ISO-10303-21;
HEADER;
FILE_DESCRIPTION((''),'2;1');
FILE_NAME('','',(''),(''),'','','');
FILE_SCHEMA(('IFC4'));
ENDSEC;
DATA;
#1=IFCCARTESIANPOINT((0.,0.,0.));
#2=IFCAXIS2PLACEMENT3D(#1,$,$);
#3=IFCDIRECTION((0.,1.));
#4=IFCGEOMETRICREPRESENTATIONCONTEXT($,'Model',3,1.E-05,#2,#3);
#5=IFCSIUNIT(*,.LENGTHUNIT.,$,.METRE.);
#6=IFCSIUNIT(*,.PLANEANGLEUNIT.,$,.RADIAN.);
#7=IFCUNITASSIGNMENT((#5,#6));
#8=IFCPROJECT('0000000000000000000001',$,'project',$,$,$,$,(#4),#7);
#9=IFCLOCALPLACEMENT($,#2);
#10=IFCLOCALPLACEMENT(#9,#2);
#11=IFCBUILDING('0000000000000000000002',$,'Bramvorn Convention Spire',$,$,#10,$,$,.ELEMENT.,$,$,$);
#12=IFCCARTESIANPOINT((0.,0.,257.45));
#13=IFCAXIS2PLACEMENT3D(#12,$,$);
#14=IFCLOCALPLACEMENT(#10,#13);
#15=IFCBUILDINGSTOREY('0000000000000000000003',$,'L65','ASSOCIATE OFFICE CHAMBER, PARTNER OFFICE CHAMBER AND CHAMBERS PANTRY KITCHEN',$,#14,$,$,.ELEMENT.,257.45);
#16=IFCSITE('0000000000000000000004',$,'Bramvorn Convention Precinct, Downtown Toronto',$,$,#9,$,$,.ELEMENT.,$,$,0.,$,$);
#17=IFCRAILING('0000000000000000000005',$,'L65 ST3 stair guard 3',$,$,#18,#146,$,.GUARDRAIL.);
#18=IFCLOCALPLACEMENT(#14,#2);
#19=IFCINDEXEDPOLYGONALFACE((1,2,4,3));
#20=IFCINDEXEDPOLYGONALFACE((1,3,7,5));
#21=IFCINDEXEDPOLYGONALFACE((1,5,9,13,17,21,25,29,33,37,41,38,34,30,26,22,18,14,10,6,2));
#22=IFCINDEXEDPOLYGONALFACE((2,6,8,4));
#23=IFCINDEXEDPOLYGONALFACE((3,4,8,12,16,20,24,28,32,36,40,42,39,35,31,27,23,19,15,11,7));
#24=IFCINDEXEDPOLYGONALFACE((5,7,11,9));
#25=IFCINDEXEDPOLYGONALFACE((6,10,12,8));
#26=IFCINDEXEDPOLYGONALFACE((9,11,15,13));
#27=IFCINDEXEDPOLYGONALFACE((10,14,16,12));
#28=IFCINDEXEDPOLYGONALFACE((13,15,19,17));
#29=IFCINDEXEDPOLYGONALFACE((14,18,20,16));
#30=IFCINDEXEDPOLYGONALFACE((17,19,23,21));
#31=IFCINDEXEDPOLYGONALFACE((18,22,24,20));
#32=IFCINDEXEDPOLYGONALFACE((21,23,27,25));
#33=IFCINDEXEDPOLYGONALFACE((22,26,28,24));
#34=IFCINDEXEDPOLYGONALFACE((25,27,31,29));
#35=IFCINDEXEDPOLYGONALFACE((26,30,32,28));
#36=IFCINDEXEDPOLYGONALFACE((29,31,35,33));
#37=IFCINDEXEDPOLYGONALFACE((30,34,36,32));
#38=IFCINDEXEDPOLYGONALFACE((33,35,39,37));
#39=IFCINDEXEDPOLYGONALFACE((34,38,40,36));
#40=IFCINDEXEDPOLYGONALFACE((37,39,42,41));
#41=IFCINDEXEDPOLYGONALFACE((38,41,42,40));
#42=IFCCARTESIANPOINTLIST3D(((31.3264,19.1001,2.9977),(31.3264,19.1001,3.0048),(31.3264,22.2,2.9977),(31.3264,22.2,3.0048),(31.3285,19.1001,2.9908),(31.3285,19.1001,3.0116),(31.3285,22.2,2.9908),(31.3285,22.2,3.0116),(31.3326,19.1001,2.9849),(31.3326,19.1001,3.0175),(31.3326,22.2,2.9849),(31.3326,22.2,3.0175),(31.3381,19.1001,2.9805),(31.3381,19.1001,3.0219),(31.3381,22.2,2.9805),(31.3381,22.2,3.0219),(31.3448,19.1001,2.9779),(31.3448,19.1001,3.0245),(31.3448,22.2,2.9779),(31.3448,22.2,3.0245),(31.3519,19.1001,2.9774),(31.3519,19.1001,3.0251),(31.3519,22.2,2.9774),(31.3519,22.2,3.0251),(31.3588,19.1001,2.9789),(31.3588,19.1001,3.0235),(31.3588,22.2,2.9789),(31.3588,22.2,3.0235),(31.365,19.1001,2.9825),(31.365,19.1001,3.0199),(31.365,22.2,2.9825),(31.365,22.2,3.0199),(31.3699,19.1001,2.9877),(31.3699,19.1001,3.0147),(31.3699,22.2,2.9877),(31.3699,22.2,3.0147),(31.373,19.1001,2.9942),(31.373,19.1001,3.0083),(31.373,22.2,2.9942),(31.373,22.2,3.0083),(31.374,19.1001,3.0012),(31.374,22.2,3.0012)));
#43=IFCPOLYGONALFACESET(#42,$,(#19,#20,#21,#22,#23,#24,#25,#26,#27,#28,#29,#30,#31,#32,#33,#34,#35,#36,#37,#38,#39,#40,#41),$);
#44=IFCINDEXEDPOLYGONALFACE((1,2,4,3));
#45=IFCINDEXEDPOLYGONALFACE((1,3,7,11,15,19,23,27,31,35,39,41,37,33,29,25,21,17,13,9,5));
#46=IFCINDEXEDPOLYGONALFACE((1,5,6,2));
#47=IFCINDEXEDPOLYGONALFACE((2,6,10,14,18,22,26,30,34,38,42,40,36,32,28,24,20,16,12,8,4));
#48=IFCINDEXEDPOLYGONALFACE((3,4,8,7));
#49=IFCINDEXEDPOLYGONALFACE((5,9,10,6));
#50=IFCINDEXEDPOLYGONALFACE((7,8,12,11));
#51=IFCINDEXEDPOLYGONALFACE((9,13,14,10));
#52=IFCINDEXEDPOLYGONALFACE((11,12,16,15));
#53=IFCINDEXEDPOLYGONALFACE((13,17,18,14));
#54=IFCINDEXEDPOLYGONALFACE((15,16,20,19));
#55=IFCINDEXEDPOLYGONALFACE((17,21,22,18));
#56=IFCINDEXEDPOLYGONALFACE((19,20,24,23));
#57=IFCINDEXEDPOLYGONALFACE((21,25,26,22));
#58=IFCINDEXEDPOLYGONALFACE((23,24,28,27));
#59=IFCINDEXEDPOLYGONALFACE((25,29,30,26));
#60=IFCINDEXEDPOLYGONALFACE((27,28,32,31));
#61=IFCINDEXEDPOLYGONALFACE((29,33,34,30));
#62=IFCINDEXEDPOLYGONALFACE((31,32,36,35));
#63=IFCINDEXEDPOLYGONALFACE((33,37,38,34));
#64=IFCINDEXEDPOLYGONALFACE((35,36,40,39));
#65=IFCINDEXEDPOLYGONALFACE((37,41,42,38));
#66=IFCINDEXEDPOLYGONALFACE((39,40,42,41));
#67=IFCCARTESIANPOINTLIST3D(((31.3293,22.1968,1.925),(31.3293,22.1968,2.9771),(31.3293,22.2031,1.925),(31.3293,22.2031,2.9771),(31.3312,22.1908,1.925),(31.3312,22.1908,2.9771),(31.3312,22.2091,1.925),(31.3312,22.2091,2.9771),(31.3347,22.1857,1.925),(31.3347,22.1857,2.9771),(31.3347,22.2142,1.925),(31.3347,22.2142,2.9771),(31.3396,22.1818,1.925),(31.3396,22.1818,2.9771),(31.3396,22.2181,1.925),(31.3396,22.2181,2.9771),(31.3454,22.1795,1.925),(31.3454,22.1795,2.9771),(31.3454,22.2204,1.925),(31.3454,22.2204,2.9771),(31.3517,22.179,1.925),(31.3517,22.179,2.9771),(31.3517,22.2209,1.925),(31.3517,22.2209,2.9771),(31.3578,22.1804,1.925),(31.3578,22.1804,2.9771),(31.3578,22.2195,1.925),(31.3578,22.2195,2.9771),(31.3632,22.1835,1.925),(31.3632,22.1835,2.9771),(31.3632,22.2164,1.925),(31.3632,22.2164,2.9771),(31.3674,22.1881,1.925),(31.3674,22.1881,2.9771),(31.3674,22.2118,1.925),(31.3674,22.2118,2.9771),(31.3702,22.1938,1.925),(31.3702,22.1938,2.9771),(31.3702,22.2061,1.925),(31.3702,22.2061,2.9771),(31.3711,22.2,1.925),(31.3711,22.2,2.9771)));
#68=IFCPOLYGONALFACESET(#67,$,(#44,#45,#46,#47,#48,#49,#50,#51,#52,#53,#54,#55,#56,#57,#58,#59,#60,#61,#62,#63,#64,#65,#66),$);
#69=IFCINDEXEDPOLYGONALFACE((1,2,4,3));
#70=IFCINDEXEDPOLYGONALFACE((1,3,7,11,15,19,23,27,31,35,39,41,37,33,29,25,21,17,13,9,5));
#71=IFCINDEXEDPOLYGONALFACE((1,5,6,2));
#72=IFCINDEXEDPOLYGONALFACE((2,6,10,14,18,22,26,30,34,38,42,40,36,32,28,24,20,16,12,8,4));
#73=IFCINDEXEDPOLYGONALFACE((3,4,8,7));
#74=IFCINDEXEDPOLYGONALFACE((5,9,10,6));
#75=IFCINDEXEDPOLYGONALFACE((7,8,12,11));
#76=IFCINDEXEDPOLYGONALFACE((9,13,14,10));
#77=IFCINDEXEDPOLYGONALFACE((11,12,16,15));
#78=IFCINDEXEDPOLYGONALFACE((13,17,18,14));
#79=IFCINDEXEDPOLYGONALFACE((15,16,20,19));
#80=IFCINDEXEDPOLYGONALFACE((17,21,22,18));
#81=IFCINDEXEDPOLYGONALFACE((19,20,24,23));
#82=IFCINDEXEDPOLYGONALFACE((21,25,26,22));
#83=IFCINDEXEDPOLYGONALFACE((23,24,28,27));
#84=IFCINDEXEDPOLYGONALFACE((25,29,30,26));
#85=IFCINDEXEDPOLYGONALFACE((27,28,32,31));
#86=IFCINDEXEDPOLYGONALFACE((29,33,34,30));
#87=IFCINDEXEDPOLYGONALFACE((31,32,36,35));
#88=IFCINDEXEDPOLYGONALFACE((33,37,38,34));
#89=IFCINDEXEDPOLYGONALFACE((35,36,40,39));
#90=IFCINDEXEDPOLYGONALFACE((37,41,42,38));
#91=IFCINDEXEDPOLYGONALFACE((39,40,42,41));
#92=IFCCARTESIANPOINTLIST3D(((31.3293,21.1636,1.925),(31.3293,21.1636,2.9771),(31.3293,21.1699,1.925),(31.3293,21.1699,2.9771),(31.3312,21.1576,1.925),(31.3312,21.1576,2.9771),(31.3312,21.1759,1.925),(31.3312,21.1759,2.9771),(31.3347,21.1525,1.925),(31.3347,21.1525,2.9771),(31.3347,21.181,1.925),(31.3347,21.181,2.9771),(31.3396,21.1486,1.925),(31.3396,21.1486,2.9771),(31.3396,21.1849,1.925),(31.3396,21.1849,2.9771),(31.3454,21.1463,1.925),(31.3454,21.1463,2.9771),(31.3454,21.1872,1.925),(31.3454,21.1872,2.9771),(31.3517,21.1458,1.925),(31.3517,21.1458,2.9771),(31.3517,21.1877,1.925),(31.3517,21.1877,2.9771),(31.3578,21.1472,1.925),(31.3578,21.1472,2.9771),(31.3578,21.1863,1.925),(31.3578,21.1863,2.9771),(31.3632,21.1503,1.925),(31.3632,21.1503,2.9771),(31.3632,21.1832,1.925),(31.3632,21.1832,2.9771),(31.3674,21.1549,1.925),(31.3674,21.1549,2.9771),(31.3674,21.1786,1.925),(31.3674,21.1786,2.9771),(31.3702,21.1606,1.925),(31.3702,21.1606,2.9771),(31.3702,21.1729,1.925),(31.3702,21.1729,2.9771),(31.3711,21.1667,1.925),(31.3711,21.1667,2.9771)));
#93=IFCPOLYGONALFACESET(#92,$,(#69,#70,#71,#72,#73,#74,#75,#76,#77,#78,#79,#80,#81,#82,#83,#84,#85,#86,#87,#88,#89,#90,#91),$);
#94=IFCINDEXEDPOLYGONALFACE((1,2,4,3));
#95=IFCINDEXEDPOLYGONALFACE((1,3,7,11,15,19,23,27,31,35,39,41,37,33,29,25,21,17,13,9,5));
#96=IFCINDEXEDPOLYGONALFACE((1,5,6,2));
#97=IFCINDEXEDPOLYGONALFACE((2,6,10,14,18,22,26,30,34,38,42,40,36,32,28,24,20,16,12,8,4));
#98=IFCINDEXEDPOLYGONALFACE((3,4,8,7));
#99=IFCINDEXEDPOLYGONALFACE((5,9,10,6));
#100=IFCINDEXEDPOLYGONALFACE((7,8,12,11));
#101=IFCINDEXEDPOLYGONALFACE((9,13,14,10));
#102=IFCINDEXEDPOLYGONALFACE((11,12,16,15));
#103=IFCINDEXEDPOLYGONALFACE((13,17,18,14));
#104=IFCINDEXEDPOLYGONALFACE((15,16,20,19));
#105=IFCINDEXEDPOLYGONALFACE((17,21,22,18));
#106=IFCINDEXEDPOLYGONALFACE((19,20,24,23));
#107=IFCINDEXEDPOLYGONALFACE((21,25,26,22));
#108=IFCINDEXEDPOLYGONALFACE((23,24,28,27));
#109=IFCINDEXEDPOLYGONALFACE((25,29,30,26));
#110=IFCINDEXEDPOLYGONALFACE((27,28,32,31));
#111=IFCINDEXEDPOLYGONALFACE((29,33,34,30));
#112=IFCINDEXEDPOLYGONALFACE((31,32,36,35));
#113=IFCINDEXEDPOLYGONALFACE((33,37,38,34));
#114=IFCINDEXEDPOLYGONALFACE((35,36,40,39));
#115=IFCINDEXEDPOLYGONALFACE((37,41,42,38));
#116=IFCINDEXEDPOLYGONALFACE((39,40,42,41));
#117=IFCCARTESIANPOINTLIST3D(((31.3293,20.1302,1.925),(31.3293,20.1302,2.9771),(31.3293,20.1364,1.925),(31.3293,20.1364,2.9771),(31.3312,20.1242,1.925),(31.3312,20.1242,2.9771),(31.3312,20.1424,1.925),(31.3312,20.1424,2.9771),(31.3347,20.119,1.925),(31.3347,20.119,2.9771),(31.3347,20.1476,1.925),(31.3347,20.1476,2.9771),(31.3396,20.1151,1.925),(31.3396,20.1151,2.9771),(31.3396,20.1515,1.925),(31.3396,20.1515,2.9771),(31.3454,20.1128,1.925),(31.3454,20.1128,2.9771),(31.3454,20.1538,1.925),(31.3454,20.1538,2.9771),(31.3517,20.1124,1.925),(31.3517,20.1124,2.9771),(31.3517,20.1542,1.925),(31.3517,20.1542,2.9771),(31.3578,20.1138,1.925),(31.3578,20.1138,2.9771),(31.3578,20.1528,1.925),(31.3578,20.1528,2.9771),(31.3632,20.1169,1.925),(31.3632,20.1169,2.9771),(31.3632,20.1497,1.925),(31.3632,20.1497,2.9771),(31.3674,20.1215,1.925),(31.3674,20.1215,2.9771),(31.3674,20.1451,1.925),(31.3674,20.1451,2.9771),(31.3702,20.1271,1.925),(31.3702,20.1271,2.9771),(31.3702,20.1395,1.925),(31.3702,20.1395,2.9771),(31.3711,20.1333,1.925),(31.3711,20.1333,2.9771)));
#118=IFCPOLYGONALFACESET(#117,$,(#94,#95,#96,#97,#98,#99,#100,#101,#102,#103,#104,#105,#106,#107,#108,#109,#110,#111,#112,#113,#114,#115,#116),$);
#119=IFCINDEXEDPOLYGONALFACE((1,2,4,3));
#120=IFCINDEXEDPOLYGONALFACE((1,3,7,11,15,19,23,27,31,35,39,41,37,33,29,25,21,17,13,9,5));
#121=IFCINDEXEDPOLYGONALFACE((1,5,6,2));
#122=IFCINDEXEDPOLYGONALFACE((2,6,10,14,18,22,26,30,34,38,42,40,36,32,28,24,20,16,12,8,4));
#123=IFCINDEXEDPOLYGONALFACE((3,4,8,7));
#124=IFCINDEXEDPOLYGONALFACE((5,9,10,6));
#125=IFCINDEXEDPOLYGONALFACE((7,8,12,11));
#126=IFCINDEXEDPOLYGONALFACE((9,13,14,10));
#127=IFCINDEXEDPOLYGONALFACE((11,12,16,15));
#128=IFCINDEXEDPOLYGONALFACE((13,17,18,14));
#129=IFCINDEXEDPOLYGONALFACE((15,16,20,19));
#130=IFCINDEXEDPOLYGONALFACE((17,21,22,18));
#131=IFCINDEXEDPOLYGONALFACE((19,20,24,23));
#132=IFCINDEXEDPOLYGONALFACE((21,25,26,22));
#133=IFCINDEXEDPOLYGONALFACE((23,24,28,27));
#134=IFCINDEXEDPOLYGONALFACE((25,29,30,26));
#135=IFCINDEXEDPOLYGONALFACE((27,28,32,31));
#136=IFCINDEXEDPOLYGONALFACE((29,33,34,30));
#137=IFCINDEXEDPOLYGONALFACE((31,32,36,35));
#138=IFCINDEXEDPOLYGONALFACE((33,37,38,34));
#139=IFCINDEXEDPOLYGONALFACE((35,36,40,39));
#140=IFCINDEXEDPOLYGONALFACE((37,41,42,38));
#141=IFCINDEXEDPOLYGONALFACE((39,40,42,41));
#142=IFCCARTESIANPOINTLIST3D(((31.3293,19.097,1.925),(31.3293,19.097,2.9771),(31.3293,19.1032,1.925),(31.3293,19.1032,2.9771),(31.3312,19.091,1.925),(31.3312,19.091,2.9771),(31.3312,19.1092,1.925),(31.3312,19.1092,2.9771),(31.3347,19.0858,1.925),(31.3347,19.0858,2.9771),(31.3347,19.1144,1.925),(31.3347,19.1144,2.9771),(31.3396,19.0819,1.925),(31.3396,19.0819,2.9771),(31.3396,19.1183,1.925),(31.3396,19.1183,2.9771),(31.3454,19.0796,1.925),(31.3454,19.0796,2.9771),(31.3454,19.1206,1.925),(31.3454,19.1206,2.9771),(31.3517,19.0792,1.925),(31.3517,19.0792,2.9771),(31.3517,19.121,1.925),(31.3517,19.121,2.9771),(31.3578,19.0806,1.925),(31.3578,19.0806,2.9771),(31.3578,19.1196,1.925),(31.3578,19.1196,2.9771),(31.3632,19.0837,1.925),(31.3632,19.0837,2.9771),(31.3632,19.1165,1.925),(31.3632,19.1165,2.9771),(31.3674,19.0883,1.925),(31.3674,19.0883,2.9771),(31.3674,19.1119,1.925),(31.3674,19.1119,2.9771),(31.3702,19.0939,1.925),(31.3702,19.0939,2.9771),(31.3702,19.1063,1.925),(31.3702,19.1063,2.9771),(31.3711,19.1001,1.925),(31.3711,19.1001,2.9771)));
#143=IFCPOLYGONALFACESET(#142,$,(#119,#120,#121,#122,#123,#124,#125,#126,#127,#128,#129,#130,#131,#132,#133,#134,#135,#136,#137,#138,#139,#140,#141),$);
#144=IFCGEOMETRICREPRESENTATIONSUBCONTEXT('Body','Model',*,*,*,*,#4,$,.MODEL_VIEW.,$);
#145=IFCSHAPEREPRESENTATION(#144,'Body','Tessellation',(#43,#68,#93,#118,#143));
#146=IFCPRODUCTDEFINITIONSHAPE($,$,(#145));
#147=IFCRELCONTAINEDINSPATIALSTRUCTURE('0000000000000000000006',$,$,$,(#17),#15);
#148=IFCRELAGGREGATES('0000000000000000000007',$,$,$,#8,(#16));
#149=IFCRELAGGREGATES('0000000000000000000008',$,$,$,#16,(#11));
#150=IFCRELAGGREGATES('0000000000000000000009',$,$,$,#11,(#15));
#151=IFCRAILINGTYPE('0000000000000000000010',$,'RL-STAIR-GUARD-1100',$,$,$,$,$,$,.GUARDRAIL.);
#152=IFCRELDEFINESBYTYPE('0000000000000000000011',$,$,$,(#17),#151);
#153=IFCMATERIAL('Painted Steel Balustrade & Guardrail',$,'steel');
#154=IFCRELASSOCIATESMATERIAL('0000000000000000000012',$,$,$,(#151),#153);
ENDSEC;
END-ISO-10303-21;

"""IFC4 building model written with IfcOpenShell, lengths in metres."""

from ifc_helpers import new_model, si_unit, direction, frame, origin, origin_2d, place, context, subcontext, project, spatial, circle, extrude, material, type_object, element, save


model = new_model("IFC4")

# Units and contexts
model_context = context("Model", 3, precision=1e-05, world=origin(), true_north=direction((0.0, 1.0)))
body_context = subcontext(model_context, "Body", "Model", "MODEL_VIEW")
ifc_project = project(units=[si_unit("LENGTHUNIT", "METRE"), si_unit("PLANEANGLEUNIT", "RADIAN")], contexts=[model_context])

# Site, building, storey
site_placement = place(None, origin())
site = spatial("IfcSite", under=ifc_project, at=site_placement, Name="Bramvorn Convention Precinct, Downtown Toronto", CompositionType="ELEMENT", RefElevation=0.0)
building_placement = place(site_placement, origin())
building = spatial("IfcBuilding", under=site, at=building_placement, Name="Bramvorn Convention Spire", CompositionType="ELEMENT")
storey_placement = place(building_placement, frame((0.0, 0.0, 257.45)))
storey = spatial("IfcBuildingStorey", under=building, at=storey_placement, Name="L65", Description="ASSOCIATE OFFICE CHAMBER, PARTNER OFFICE CHAMBER AND CHAMBERS PANTRY KITCHEN", CompositionType="ELEMENT", Elevation=257.45)

# Railing
ifc_material_1 = material(Name="Painted Steel Balustrade & Guardrail", Category="steel")
railing_type_1 = type_object("IfcRailingType", Name="RL-STAIR-GUARD-1100", PredefinedType="GUARDRAIL", material=ifc_material_1)
railing_1_placement = place(storey_placement, frame((31.3501, 22.2, 1.925)))
element("IfcRailing", 1, at=railing_1_placement, inside=storey, type_object=railing_type_1, Name="L65 ST3 stair guard 3", PredefinedType="GUARDRAIL", context=body_context, shape_type="SweptSolid", body=[
    extrude(circle(Radius=0.0239, at=origin_2d()), frame((0.0, 0.0, 1.0762), z_axis=(0.0, -1.0, 0.0), x_axis=(1.0, 0.0, 0.0)), (0.0, 0.0, 1.0), 3.0999),
    extrude(circle(Radius=0.021, at=origin_2d()), origin(), (0.0, 0.0, 1.0), 1.052),
    extrude(circle(Radius=0.021, at=origin_2d()), frame((0.0, -1.0332, 0.0)), (0.0, 0.0, 1.0), 1.052),
    extrude(circle(Radius=0.021, at=origin_2d()), frame((0.0, -2.0667, 0.0)), (0.0, 0.0, 1.0), 1.052),
    extrude(circle(Radius=0.021, at=origin_2d()), frame((0.0, -3.0999, 0.0)), (0.0, 0.0, 1.0), 1.052),
])

save(model, "model.ifc")
